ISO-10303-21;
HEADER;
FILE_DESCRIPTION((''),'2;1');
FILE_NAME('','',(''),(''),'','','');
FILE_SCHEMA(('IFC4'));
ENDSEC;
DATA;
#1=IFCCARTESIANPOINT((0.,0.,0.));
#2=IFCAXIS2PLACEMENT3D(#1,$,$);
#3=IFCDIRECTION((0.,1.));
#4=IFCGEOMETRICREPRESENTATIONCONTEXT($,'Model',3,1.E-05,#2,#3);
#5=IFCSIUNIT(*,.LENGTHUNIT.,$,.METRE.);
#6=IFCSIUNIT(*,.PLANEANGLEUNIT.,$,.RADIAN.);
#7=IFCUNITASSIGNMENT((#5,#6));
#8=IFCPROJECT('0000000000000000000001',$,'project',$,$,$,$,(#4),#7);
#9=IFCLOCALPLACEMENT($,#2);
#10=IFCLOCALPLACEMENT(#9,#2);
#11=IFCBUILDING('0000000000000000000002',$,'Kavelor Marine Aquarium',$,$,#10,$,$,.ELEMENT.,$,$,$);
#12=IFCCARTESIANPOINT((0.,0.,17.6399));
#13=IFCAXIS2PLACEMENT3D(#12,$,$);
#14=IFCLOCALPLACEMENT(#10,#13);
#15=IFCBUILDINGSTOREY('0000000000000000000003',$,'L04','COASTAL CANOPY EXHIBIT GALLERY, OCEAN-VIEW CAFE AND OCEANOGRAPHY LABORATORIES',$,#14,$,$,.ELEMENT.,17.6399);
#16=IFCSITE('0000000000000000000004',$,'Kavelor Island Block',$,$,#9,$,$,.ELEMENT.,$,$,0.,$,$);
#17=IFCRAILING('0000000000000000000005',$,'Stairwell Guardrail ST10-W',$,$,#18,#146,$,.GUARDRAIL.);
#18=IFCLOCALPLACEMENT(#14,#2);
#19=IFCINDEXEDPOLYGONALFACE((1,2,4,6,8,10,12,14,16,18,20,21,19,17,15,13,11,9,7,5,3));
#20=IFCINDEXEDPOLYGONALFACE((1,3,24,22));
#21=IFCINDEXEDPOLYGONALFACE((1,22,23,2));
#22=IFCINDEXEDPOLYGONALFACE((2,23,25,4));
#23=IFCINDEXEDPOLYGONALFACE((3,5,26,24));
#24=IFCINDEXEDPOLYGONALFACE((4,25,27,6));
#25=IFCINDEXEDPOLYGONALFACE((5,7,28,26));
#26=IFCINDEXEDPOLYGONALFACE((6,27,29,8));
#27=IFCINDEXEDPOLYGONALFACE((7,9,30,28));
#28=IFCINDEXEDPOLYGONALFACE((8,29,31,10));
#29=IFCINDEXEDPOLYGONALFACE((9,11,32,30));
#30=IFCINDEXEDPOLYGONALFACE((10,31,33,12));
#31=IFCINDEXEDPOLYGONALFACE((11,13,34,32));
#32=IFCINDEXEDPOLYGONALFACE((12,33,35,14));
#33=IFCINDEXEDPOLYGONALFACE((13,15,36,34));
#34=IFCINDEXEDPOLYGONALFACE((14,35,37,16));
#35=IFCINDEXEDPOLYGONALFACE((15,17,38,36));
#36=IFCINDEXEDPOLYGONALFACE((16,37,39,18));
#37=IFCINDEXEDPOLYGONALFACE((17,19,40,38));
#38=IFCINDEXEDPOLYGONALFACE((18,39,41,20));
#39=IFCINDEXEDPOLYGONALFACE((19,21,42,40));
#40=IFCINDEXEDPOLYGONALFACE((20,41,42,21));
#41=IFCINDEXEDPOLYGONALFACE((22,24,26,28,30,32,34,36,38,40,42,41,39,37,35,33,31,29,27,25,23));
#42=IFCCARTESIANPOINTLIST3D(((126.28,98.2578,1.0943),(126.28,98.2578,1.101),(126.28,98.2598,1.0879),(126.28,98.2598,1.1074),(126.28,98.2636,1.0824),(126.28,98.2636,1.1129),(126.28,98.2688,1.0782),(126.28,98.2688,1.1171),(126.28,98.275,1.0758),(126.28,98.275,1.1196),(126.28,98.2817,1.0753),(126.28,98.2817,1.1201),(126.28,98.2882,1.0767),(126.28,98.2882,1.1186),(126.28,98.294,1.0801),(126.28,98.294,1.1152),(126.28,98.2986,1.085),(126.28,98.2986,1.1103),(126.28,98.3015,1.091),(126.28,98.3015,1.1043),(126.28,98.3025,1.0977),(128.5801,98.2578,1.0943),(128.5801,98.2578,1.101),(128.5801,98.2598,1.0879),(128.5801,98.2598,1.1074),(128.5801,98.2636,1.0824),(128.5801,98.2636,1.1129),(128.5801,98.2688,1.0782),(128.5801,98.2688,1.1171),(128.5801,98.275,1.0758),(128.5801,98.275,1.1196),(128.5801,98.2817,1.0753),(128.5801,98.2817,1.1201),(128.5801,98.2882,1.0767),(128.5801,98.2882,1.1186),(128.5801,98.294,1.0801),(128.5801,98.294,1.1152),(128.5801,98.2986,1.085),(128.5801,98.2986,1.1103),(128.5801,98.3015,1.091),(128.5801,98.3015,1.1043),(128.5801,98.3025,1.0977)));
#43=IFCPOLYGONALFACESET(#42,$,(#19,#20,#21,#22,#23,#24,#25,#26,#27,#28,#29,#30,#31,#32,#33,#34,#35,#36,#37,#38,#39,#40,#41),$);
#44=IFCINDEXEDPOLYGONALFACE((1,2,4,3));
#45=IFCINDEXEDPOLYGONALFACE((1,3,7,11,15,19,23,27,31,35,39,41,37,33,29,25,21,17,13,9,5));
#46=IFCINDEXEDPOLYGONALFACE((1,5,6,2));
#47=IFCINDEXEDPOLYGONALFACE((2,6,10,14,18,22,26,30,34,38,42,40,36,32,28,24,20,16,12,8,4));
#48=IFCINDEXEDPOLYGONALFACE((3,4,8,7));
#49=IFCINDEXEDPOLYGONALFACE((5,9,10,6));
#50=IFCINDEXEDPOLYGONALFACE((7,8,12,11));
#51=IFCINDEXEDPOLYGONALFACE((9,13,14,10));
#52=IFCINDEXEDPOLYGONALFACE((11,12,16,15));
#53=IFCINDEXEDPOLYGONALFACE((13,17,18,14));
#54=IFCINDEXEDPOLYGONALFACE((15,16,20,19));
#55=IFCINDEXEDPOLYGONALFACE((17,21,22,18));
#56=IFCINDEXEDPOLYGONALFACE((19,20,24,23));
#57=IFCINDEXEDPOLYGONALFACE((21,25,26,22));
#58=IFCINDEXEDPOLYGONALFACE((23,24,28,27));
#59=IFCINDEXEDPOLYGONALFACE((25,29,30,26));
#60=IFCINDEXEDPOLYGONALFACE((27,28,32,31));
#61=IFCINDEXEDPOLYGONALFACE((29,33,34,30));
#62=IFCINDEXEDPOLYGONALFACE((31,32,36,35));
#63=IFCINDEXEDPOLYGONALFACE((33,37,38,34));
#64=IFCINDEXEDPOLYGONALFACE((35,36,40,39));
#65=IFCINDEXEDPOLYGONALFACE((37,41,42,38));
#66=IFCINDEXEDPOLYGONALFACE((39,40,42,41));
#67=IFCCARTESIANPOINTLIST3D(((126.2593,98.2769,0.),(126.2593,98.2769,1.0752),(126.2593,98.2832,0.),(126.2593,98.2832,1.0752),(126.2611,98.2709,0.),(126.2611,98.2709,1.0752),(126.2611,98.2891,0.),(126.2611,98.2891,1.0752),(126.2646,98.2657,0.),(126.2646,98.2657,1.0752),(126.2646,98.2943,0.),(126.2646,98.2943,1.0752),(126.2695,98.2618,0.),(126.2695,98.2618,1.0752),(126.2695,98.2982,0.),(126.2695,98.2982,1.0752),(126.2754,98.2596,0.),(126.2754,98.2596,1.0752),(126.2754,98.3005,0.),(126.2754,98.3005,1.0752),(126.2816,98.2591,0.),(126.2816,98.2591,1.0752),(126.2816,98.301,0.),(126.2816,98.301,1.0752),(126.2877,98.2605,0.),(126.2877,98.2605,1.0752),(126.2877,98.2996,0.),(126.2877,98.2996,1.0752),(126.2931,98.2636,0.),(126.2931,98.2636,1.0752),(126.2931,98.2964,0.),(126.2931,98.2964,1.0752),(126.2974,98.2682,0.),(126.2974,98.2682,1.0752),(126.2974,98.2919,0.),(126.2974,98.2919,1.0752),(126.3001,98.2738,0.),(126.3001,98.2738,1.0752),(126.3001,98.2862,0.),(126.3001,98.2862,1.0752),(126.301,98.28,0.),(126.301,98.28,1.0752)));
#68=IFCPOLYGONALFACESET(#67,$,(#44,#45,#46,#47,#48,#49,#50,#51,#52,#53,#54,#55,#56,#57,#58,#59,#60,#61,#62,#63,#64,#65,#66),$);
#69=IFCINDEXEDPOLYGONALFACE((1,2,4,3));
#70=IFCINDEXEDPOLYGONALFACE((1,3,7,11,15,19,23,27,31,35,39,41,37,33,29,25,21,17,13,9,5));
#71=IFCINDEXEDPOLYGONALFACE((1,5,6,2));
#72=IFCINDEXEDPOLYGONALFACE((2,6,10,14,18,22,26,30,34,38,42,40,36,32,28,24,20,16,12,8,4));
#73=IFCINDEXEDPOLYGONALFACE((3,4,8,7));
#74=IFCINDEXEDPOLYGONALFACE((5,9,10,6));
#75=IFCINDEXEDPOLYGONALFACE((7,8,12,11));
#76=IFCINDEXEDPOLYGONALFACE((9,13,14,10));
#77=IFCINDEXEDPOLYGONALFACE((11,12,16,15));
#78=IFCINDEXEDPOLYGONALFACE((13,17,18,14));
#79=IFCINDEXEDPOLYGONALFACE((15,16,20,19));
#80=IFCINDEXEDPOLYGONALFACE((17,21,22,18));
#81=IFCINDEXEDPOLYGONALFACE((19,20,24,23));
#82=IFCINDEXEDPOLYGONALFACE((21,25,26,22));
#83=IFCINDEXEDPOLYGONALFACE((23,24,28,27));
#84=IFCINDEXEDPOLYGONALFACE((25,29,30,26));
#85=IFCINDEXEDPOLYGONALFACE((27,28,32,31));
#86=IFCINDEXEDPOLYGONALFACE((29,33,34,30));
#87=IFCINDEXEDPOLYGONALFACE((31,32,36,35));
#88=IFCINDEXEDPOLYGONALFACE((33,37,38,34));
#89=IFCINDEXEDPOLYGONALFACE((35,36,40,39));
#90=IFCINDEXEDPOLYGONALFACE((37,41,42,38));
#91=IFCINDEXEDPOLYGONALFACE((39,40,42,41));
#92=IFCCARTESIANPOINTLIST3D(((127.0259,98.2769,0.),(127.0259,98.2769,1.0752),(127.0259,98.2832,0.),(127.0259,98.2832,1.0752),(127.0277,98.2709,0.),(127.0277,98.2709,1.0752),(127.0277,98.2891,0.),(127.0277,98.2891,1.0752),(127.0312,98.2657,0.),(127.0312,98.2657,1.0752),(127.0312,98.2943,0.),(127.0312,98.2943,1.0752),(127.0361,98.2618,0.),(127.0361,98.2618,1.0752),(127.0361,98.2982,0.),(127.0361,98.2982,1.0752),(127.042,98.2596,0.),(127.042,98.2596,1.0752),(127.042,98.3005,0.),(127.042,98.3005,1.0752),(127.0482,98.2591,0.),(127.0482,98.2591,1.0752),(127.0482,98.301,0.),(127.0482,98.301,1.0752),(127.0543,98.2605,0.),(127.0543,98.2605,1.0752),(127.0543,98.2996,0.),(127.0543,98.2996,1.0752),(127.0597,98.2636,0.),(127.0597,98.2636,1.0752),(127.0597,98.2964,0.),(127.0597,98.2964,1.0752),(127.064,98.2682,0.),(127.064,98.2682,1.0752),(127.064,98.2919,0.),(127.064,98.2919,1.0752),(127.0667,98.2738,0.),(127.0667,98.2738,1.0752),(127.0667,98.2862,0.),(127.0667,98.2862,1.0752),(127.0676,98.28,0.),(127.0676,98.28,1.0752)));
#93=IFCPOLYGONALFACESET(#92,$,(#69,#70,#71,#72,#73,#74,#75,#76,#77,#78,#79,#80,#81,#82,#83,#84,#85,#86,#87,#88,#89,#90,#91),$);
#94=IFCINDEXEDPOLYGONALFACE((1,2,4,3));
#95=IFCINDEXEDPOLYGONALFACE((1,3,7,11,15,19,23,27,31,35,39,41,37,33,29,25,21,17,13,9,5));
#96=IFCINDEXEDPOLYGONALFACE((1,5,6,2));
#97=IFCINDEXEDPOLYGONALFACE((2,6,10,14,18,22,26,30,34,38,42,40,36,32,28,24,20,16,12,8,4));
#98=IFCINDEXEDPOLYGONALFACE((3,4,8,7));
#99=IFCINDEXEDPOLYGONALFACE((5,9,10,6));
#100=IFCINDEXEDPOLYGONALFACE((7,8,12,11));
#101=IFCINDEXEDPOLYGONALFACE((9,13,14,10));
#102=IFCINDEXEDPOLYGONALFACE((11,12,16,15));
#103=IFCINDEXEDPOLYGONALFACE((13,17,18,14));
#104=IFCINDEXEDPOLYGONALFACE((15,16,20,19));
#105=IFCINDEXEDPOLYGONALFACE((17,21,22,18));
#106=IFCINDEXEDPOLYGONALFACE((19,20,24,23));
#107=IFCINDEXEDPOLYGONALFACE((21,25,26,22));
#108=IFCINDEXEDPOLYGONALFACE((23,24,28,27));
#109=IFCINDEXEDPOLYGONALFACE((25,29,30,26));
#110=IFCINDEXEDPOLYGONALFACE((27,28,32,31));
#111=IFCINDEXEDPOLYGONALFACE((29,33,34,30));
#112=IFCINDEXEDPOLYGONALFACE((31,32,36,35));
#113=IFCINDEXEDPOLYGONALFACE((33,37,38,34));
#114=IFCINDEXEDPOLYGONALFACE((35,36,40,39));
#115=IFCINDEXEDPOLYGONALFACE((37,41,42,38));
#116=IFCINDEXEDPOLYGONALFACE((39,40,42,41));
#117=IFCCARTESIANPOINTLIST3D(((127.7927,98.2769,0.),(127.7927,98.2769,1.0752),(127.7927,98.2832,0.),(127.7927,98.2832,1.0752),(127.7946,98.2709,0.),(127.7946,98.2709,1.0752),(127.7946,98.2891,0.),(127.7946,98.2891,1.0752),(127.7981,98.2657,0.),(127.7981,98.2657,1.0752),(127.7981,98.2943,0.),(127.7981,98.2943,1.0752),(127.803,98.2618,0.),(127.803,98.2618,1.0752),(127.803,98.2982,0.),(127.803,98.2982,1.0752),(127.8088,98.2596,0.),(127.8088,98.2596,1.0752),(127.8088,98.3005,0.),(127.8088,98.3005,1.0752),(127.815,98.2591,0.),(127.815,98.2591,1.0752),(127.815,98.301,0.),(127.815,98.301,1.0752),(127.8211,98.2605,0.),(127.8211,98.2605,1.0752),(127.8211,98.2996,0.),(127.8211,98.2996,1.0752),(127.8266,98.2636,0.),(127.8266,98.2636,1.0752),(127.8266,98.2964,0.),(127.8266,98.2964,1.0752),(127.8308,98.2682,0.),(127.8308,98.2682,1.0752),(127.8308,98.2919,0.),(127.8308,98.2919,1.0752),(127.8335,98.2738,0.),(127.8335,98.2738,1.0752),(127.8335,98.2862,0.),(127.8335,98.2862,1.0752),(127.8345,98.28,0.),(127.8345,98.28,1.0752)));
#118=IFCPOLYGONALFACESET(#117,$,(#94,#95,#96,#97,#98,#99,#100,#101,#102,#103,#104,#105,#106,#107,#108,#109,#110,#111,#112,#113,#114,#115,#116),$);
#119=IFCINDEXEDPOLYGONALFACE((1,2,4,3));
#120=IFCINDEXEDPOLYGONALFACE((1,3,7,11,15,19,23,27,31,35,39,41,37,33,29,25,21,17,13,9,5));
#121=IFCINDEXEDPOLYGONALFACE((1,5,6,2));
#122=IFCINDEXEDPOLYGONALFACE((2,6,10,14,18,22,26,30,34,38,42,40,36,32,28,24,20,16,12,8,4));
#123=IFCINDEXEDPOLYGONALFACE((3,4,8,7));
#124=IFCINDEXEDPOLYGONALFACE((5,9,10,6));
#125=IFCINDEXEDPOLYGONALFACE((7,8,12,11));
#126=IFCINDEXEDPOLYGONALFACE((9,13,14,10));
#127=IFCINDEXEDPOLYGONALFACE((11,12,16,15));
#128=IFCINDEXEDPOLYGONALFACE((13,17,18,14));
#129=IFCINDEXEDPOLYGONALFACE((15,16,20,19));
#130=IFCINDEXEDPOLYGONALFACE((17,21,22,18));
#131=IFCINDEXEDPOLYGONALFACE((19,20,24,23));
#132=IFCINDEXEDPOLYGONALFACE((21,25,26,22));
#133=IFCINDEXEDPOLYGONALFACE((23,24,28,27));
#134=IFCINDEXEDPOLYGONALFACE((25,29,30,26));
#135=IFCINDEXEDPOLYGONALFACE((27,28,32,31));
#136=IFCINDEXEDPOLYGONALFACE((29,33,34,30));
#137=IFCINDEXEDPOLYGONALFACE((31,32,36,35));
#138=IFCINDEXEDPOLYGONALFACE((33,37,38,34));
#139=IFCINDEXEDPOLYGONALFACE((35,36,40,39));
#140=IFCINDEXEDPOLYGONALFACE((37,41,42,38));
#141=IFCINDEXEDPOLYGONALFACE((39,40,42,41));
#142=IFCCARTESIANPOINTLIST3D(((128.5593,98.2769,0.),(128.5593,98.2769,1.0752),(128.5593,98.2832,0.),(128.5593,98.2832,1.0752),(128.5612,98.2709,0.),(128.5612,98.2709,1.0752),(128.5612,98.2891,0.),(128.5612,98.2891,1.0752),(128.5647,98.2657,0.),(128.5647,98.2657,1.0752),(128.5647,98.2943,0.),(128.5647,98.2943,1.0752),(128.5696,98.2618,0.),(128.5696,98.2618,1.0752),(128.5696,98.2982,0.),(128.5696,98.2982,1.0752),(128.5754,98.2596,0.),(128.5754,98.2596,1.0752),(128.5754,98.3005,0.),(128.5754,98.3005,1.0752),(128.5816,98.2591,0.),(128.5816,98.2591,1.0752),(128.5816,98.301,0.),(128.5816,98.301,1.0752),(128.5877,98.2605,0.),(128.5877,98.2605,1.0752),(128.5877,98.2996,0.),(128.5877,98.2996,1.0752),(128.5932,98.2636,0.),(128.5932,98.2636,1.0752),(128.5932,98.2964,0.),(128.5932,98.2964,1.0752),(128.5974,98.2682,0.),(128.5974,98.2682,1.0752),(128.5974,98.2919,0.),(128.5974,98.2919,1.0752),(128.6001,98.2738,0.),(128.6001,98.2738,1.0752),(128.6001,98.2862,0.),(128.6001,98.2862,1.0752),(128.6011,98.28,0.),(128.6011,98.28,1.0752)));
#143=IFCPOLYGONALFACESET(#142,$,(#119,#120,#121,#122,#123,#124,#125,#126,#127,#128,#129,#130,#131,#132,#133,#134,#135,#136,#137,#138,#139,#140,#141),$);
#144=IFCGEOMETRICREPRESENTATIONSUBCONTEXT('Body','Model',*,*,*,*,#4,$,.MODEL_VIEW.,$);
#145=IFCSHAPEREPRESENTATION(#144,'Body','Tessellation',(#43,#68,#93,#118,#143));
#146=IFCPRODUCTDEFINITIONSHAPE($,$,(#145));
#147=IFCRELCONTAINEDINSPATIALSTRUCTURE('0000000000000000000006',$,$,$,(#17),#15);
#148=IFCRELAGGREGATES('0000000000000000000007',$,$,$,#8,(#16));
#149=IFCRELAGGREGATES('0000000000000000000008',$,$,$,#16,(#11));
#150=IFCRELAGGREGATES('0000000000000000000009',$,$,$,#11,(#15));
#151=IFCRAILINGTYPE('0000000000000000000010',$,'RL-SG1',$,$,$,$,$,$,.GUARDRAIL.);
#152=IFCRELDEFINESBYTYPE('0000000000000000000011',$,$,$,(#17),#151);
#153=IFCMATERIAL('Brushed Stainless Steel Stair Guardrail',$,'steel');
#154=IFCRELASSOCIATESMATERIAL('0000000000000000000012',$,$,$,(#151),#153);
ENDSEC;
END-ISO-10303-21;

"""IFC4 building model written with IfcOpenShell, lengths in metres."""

from ifc_helpers import new_model, si_unit, direction, frame, origin, origin_2d, place, context, subcontext, project, spatial, circle, extrude, material, type_object, element, save


model = new_model("IFC4")

# Units and contexts
model_context = context("Model", 3, precision=1e-05, world=origin(), true_north=direction((0.0, 1.0)))
body_context = subcontext(model_context, "Body", "Model", "MODEL_VIEW")
ifc_project = project(units=[si_unit("LENGTHUNIT", "METRE"), si_unit("PLANEANGLEUNIT", "RADIAN")], contexts=[model_context])

# Site, building, storey
site_placement = place(None, origin())
site = spatial("IfcSite", under=ifc_project, at=site_placement, Name="Kavelor Island Block", CompositionType="ELEMENT", RefElevation=0.0)
building_placement = place(site_placement, origin())
building = spatial("IfcBuilding", under=site, at=building_placement, Name="Kavelor Marine Aquarium", CompositionType="ELEMENT")
storey_placement = place(building_placement, frame((0.0, 0.0, 17.6399)))
storey = spatial("IfcBuildingStorey", under=building, at=storey_placement, Name="L04", Description="COASTAL CANOPY EXHIBIT GALLERY, OCEAN-VIEW CAFE AND OCEANOGRAPHY LABORATORIES", CompositionType="ELEMENT", Elevation=17.6399)

# Railing
ifc_material_1 = material(Name="Brushed Stainless Steel Stair Guardrail", Category="steel")
railing_type_1 = type_object("IfcRailingType", Name="RL-SG1", PredefinedType="GUARDRAIL", material=ifc_material_1)
railing_1_placement = place(storey_placement, frame((126.28, 98.28, 0.0)))
element("IfcRailing", 1, at=railing_1_placement, inside=storey, type_object=railing_type_1, Name="Stairwell Guardrail ST10-W", PredefinedType="GUARDRAIL", context=body_context, shape_type="SweptSolid", body=[
    extrude(circle(Radius=0.0225, at=origin_2d()), frame((0.0, 0.0, 1.0977), z_axis=(1.0, 0.0, 0.0), x_axis=(0.0, 1.0, 0.0)), (0.0, 0.0, 1.0), 2.3),
    extrude(circle(Radius=0.021, at=origin_2d()), origin(), (0.0, 0.0, 1.0), 1.0752),
    extrude(circle(Radius=0.021, at=origin_2d()), frame((0.7666, 0.0, 0.0)), (0.0, 0.0, 1.0), 1.0752),
    extrude(circle(Radius=0.021, at=origin_2d()), frame((1.5334, 0.0, 0.0)), (0.0, 0.0, 1.0), 1.0752),
    extrude(circle(Radius=0.021, at=origin_2d()), frame((2.3, 0.0, 0.0)), (0.0, 0.0, 1.0), 1.0752),
])

save(model, "model.ifc")
